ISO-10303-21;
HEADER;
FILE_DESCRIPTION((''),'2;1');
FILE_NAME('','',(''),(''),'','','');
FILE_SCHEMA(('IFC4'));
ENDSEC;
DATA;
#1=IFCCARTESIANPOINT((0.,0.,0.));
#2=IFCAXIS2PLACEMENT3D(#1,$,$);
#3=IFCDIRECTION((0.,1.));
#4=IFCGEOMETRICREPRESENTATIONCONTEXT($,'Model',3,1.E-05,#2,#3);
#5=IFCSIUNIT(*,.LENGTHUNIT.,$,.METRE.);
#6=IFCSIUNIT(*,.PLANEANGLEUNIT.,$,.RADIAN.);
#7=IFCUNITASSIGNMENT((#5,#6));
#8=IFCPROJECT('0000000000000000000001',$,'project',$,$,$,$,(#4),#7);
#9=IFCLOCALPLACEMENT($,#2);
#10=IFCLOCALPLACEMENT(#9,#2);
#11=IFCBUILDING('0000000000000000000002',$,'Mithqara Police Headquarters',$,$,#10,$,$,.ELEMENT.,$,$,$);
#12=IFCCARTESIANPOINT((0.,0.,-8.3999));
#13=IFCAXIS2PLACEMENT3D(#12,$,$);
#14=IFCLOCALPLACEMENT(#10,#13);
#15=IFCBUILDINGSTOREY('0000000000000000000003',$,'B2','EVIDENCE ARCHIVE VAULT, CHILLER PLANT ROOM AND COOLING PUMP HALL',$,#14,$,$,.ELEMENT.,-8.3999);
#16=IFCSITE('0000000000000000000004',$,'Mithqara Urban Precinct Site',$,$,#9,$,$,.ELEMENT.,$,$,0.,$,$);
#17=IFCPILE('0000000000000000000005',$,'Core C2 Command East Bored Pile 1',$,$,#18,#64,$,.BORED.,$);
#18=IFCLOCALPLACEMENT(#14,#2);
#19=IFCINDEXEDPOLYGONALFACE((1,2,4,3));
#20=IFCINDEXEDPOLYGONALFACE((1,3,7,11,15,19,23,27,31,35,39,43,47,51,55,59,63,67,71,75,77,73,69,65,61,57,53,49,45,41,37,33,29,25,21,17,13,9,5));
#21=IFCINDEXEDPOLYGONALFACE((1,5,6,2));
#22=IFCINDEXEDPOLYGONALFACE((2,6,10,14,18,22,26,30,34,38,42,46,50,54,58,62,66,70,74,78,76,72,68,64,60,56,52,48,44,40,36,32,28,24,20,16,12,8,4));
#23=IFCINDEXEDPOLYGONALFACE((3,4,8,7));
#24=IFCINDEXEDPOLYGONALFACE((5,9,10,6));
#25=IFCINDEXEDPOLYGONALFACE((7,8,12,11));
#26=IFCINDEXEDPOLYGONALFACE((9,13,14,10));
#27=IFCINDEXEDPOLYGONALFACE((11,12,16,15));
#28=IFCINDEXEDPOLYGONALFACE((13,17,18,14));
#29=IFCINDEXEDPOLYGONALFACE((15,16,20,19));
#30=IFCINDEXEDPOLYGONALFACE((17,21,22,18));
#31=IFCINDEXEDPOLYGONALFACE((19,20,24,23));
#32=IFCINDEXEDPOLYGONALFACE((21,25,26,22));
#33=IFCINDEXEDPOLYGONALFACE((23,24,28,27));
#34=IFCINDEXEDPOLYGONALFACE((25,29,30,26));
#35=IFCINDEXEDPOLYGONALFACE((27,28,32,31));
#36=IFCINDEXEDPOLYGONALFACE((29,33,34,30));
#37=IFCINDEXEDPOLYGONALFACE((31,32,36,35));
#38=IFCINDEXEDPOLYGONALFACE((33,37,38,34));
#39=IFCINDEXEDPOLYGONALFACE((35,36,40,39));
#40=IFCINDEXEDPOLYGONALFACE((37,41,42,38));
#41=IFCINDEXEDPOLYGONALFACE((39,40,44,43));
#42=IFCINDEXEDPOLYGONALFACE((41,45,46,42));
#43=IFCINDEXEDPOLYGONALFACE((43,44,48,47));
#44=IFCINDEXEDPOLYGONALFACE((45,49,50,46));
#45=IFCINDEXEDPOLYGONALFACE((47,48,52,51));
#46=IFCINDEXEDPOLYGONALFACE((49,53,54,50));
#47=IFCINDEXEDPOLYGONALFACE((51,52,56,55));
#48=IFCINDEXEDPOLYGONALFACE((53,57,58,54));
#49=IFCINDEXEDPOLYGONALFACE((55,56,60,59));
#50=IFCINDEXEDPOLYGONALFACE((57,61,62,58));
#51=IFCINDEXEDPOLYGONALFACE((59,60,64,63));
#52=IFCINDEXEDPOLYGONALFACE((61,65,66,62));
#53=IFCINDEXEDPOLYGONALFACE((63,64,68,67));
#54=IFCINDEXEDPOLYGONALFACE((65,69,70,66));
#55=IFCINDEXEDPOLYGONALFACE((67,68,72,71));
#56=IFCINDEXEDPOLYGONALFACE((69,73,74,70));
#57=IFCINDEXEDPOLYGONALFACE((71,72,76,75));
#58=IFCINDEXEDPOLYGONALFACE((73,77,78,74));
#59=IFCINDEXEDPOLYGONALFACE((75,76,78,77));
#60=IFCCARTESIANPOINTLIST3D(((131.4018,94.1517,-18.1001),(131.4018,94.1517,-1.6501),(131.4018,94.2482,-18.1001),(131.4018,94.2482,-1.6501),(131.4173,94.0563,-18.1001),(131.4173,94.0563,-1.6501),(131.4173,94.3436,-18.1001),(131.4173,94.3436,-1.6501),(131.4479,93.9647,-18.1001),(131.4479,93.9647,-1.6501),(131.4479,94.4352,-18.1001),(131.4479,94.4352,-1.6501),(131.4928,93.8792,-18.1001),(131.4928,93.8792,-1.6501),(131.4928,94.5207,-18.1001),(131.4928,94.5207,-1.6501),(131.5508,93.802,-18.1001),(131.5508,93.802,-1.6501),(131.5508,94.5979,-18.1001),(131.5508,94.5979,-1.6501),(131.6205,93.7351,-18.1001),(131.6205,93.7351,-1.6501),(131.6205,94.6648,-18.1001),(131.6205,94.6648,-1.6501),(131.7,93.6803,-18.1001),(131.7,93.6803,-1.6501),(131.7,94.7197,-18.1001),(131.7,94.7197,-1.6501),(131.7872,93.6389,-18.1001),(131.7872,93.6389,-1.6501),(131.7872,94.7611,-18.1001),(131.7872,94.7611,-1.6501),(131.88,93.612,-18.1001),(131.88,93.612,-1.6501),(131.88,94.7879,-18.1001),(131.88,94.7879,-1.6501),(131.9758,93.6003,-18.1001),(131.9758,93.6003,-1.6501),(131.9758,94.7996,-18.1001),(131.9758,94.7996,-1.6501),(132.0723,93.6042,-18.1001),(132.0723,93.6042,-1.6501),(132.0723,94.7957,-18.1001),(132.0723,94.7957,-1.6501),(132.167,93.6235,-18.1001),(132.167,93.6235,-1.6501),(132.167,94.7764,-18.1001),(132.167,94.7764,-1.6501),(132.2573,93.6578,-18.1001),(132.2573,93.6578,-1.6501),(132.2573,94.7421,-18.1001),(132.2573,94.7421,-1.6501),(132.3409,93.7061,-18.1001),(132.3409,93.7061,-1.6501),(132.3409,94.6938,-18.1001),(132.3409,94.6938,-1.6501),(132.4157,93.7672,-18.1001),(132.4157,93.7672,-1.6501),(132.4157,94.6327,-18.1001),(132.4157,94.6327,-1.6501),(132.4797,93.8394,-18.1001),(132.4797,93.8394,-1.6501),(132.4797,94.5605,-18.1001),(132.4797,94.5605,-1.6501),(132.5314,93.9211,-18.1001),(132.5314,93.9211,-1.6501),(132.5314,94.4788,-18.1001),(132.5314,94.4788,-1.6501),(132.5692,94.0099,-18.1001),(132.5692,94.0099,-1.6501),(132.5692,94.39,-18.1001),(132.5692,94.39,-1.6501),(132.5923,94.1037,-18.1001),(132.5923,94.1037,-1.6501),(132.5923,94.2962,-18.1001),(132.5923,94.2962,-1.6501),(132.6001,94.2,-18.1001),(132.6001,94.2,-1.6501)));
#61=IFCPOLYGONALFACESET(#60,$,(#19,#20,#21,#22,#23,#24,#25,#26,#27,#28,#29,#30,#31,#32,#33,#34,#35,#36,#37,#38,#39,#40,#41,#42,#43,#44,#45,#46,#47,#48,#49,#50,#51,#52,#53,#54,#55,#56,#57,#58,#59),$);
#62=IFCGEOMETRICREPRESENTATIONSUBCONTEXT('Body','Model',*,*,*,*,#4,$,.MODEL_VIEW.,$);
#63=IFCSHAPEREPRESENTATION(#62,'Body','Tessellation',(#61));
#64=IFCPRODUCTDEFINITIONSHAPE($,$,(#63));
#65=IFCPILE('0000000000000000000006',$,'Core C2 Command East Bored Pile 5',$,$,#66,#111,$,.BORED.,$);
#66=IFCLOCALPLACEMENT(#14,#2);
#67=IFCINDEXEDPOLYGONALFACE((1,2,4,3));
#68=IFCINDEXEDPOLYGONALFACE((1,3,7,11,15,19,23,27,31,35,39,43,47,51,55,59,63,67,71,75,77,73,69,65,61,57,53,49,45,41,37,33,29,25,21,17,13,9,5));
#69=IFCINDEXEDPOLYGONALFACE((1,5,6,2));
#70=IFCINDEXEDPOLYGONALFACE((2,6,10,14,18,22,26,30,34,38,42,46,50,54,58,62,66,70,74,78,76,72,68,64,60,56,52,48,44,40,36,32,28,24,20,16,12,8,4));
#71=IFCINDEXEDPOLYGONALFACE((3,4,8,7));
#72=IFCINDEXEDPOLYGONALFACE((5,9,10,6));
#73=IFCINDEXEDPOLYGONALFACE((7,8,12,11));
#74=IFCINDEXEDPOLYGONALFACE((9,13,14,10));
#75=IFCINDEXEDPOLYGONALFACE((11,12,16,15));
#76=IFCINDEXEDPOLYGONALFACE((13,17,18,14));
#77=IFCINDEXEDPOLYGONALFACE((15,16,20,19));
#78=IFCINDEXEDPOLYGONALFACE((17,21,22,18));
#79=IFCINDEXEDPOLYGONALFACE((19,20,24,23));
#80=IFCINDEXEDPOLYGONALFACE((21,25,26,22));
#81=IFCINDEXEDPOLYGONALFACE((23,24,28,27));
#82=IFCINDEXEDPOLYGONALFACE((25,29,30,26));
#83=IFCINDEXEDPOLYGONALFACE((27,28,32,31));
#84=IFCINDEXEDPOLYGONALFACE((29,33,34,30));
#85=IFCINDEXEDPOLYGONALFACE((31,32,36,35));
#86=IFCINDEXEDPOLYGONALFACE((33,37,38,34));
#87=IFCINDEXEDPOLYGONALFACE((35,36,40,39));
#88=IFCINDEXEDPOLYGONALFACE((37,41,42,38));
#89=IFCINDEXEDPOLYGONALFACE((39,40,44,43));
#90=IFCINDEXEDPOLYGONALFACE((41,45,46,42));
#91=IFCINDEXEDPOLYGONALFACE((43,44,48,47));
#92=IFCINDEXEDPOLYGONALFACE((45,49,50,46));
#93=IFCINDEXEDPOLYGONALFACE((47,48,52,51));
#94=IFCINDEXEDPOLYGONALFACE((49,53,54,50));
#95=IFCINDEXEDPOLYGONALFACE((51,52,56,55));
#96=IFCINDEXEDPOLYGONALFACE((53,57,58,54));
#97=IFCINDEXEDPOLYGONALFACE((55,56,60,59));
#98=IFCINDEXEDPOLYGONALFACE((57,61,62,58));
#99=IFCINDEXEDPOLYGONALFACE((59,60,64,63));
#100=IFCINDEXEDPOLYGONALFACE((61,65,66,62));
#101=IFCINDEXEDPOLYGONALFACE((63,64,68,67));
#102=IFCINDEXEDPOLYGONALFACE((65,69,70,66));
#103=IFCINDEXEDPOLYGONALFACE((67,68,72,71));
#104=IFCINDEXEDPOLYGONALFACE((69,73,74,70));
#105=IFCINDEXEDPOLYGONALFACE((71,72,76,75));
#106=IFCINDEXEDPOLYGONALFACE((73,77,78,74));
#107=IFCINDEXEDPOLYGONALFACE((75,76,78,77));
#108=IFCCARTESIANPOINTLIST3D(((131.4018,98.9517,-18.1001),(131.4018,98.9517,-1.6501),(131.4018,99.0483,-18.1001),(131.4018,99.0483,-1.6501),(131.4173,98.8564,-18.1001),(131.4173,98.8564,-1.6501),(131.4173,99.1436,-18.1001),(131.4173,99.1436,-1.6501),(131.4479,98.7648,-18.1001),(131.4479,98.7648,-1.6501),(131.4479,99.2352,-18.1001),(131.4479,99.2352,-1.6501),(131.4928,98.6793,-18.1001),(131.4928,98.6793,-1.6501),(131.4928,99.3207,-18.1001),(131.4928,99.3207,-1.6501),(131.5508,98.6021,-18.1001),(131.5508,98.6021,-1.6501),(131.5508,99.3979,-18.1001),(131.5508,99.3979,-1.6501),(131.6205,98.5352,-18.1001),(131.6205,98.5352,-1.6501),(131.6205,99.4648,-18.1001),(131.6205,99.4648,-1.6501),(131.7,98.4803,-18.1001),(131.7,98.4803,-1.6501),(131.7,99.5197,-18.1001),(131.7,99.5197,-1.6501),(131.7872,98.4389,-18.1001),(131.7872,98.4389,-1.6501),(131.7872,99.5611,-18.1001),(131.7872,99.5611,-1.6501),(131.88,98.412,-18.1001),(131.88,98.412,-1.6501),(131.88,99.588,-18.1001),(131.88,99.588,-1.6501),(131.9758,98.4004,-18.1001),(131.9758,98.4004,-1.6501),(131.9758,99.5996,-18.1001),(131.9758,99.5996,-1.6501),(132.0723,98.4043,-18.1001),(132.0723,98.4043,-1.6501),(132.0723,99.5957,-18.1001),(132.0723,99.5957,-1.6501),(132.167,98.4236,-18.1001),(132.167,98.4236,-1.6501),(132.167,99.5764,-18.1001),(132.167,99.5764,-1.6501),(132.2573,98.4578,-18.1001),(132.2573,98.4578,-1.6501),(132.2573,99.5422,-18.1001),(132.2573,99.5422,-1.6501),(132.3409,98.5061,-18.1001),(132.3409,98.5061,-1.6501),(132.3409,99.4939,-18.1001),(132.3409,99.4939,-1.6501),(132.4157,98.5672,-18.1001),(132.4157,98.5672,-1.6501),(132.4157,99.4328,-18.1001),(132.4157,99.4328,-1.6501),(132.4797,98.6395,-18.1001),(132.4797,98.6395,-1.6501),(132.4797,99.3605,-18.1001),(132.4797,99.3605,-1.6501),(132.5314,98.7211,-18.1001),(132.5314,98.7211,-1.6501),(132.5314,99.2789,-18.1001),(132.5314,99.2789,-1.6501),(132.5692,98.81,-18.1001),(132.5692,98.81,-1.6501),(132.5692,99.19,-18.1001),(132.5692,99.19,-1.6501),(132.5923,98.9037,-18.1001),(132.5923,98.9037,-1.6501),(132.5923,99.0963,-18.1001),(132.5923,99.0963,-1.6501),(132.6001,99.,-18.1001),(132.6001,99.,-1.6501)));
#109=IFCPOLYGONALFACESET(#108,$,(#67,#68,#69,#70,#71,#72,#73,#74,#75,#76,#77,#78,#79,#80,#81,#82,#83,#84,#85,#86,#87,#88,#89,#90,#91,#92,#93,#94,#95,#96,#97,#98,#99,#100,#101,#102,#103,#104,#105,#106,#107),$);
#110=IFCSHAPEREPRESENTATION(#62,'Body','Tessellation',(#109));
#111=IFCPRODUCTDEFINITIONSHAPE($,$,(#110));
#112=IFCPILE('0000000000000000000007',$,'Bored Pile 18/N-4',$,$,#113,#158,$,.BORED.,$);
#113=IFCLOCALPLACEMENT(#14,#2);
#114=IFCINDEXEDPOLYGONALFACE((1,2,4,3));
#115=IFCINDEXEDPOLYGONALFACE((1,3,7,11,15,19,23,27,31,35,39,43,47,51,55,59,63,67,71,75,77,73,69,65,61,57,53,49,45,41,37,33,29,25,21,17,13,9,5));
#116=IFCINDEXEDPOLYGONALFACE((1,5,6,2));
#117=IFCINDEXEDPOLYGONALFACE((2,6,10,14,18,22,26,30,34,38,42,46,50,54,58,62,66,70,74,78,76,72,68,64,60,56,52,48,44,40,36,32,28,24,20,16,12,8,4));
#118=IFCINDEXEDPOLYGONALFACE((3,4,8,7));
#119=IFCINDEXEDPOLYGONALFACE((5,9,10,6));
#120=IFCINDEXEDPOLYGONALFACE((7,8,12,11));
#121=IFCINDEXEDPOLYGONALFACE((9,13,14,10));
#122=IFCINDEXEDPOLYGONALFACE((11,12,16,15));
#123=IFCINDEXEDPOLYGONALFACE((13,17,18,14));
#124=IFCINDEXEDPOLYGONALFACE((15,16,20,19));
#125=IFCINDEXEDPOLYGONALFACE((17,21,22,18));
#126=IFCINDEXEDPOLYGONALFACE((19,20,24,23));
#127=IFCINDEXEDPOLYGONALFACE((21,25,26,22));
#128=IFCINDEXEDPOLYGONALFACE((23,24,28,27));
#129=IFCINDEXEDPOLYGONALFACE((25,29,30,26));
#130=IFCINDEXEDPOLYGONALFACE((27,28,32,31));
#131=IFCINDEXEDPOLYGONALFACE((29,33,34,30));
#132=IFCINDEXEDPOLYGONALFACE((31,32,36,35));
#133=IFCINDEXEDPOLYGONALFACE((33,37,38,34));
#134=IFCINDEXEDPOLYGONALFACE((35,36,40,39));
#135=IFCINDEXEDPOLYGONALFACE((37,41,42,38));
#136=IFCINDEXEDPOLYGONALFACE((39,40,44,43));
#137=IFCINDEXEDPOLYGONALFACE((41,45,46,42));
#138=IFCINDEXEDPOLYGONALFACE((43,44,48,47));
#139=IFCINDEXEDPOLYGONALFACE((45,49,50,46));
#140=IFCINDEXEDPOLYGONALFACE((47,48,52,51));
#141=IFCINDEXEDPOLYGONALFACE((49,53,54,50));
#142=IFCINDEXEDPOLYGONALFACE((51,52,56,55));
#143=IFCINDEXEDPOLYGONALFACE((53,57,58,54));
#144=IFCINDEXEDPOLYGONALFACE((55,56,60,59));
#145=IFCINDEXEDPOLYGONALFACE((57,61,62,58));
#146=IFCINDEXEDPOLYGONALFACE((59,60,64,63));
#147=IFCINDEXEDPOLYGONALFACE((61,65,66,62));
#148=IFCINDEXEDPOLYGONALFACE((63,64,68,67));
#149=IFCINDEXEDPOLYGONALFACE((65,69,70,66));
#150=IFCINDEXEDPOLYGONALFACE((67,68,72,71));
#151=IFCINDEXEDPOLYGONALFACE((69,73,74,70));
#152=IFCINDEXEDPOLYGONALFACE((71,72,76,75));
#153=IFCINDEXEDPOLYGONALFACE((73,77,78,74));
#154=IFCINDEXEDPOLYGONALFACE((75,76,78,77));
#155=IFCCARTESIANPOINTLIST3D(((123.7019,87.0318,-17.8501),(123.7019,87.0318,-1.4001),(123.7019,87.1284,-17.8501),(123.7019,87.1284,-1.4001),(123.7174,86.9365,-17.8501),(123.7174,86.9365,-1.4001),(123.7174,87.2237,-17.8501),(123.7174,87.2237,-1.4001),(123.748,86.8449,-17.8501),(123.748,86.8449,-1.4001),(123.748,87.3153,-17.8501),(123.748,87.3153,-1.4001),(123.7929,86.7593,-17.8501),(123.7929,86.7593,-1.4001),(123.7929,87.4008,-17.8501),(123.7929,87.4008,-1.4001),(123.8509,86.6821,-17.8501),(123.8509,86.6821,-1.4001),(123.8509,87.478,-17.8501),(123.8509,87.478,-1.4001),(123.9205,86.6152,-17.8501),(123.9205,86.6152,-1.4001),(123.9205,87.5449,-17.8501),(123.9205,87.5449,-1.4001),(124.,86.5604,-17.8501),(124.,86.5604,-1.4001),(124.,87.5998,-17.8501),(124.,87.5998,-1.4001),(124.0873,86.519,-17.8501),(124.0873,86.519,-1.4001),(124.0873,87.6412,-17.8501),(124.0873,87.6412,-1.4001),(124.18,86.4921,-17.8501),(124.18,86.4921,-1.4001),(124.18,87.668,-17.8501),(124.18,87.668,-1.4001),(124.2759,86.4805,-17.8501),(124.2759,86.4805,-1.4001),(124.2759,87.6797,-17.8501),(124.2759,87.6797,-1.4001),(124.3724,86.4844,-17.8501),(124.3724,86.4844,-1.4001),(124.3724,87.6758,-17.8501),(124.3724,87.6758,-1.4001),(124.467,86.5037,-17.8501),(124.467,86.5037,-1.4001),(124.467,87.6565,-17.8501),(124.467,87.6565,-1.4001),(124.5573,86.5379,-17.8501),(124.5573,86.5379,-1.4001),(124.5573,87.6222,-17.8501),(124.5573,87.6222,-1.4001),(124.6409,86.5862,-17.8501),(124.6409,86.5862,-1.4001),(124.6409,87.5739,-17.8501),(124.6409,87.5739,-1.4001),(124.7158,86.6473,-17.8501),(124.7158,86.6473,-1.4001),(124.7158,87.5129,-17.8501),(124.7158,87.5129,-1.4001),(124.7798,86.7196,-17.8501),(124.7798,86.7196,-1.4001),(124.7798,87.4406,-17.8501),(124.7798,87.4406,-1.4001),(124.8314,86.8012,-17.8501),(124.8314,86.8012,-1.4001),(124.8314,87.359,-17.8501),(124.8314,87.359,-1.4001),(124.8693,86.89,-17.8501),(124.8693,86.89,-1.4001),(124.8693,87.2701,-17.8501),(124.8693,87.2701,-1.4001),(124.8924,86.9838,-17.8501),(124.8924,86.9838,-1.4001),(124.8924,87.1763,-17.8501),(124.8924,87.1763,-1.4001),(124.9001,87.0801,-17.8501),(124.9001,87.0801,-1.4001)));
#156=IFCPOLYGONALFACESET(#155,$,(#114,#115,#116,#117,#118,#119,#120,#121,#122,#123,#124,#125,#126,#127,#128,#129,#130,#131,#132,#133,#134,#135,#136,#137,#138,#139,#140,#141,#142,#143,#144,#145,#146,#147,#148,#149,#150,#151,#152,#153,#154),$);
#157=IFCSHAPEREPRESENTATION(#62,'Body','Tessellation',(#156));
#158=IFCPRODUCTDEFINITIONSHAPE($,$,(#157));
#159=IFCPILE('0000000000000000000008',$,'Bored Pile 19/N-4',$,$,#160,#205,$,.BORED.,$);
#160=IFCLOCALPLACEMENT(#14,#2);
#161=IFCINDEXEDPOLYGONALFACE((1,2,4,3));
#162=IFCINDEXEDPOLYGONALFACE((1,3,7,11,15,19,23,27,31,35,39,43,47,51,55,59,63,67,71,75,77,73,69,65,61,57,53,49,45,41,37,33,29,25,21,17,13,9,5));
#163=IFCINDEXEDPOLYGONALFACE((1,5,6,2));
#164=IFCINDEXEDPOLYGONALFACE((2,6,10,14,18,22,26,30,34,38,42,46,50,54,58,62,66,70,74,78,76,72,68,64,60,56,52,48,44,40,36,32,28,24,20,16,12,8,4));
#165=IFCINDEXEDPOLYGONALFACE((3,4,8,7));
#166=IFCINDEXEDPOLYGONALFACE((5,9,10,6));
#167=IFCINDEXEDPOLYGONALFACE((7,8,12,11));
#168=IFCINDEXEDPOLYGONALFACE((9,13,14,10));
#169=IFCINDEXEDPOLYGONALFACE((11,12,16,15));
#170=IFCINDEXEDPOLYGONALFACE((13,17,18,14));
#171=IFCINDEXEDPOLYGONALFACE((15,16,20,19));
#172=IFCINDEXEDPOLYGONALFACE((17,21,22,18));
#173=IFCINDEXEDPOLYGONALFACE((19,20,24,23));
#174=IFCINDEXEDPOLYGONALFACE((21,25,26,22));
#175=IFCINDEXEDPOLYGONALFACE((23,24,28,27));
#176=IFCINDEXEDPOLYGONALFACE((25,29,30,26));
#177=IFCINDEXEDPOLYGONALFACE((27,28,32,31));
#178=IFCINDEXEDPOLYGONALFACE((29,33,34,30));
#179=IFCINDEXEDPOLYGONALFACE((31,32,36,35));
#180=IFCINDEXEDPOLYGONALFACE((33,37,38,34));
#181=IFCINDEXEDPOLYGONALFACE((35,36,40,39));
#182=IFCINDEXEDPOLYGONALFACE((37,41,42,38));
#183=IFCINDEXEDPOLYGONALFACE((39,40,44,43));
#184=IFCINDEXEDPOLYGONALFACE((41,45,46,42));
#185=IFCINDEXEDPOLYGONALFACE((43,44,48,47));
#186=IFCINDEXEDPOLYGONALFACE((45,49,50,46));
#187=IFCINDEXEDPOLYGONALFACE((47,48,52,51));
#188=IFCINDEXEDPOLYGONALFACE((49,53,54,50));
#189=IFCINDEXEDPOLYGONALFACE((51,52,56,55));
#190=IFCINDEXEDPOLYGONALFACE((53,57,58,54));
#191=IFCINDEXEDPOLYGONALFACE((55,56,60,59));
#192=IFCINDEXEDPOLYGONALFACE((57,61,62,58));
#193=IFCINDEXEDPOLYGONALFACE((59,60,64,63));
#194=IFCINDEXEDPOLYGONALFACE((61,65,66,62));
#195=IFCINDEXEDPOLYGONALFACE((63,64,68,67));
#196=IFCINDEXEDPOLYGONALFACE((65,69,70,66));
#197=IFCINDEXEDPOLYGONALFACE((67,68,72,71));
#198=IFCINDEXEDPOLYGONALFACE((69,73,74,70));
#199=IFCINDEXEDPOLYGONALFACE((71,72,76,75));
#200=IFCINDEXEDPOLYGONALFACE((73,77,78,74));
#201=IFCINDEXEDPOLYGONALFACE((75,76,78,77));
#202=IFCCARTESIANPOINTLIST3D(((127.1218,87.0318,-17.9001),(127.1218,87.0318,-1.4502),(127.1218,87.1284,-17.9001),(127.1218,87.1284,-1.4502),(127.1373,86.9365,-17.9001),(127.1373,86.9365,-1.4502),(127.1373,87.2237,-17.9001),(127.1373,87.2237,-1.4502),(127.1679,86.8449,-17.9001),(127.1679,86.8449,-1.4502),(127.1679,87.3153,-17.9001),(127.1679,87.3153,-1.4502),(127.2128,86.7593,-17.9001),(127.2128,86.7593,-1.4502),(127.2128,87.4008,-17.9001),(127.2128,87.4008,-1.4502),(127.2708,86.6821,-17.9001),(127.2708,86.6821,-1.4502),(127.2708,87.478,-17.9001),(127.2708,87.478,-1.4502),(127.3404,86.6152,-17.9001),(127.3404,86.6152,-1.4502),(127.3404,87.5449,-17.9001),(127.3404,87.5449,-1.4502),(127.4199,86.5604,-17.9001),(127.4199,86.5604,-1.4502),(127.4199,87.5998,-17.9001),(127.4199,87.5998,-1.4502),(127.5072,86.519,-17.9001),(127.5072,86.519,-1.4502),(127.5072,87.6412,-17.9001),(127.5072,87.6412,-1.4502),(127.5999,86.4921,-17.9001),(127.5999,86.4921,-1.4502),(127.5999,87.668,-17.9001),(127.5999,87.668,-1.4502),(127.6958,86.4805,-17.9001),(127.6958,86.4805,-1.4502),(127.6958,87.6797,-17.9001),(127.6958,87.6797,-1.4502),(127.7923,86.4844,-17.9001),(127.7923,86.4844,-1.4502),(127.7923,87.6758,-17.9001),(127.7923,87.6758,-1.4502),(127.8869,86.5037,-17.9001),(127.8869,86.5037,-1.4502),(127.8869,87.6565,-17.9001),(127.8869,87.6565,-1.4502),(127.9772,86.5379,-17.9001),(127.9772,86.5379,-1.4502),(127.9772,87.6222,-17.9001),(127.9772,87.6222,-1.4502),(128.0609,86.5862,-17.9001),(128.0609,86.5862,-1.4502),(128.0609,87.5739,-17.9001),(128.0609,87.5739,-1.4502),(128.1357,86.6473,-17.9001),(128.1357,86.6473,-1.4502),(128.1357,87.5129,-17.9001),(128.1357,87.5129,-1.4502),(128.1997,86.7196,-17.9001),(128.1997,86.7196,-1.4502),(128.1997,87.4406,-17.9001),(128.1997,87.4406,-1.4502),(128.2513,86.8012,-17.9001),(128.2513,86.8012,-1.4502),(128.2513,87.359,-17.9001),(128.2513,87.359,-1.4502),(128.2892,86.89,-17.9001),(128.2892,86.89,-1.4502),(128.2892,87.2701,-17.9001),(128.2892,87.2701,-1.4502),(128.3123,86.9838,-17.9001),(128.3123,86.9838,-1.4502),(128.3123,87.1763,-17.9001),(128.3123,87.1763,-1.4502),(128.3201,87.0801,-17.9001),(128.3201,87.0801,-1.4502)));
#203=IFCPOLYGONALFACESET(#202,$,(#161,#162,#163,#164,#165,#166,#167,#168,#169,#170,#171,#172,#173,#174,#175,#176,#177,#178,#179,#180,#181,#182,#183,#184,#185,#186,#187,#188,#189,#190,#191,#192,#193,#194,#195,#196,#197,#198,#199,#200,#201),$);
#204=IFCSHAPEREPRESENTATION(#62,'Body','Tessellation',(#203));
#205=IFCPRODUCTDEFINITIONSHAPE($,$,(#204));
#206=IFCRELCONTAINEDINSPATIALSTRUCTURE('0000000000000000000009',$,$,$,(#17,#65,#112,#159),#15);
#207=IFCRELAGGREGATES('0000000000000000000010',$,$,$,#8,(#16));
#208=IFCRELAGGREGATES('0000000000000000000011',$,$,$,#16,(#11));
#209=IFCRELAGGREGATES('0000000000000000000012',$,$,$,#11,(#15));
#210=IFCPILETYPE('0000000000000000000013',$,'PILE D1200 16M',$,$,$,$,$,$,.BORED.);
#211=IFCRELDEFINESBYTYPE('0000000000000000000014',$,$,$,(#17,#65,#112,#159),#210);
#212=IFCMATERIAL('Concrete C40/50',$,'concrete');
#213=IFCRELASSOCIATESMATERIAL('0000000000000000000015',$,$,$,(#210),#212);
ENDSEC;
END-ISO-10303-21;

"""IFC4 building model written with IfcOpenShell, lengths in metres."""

from ifc_helpers import new_model, si_unit, direction, frame, origin, origin_2d, place, context, subcontext, project, spatial, circle, extrude, material, material_profile, profile_set, type_object, element, save


model = new_model("IFC4")

# Units and contexts
model_context = context("Model", 3, precision=1e-05, world=origin(), true_north=direction((0.0, 1.0)))
body_context = subcontext(model_context, "Body", "Model", "MODEL_VIEW")
ifc_project = project(units=[si_unit("LENGTHUNIT", "METRE"), si_unit("PLANEANGLEUNIT", "RADIAN")], contexts=[model_context])

# Site, building, storey
site_placement = place(None, origin())
site = spatial("IfcSite", under=ifc_project, at=site_placement, Name="Mithqara Urban Precinct Site", CompositionType="ELEMENT", RefElevation=0.0)
building_placement = place(site_placement, origin())
building = spatial("IfcBuilding", under=site, at=building_placement, Name="Mithqara Police Headquarters", CompositionType="ELEMENT")
storey_placement = place(building_placement, frame((0.0, 0.0, -8.3999)))
storey = spatial("IfcBuildingStorey", under=building, at=storey_placement, Name="B2", Description="EVIDENCE ARCHIVE VAULT, CHILLER PLANT ROOM AND COOLING PUMP HALL", CompositionType="ELEMENT", Elevation=-8.3999)

# Piles
ifc_material_1 = material(Name="Concrete C40/50", Category="concrete")
ifc_material_profile_1 = material_profile(ifc_material_1, circle(Radius=0.6001, at=origin_2d()), Name="PILE D1200")
ifc_profile_set_1 = profile_set([ifc_material_profile_1], Name="Concrete C40/50")
pile_type = type_object("IfcPileType", Name="PILE D1200 16M", PredefinedType="BORED", material=ifc_profile_set_1)
for number, where, z_axis, x_axis, name in (
    (1, (132.0, 94.2, -1.6501), (0.0, 0.0, -1.0), (1.0, 0.0, 0.0), "Core C2 Command East Bored Pile 1"),
    (2, (132.0, 99.0, -1.6501), (0.0, 0.0, -1.0), (1.0, 0.0, 0.0), "Core C2 Command East Bored Pile 5"),
    (3, (124.3, 87.0801, -1.4001), (0.0, 0.0, -1.0), (1.0, 0.0, 0.0), "Bored Pile 18/N-4"),
    (4, (127.72, 87.0801, -1.4502), (0.0, 0.0, -1.0), (1.0, 0.0, 0.0), "Bored Pile 19/N-4"),
):
    element("IfcPile", number, at=place(storey_placement, frame(where, z_axis=z_axis, x_axis=x_axis)), inside=storey, type_object=pile_type, Name=name, PredefinedType="BORED", context=body_context, shape_type="SweptSolid", body=[
        extrude(circle(Radius=0.6001, at=origin_2d()), origin(), (0.0, 0.0, 1.0), 16.45),
    ])

save(model, "model.ifc")
